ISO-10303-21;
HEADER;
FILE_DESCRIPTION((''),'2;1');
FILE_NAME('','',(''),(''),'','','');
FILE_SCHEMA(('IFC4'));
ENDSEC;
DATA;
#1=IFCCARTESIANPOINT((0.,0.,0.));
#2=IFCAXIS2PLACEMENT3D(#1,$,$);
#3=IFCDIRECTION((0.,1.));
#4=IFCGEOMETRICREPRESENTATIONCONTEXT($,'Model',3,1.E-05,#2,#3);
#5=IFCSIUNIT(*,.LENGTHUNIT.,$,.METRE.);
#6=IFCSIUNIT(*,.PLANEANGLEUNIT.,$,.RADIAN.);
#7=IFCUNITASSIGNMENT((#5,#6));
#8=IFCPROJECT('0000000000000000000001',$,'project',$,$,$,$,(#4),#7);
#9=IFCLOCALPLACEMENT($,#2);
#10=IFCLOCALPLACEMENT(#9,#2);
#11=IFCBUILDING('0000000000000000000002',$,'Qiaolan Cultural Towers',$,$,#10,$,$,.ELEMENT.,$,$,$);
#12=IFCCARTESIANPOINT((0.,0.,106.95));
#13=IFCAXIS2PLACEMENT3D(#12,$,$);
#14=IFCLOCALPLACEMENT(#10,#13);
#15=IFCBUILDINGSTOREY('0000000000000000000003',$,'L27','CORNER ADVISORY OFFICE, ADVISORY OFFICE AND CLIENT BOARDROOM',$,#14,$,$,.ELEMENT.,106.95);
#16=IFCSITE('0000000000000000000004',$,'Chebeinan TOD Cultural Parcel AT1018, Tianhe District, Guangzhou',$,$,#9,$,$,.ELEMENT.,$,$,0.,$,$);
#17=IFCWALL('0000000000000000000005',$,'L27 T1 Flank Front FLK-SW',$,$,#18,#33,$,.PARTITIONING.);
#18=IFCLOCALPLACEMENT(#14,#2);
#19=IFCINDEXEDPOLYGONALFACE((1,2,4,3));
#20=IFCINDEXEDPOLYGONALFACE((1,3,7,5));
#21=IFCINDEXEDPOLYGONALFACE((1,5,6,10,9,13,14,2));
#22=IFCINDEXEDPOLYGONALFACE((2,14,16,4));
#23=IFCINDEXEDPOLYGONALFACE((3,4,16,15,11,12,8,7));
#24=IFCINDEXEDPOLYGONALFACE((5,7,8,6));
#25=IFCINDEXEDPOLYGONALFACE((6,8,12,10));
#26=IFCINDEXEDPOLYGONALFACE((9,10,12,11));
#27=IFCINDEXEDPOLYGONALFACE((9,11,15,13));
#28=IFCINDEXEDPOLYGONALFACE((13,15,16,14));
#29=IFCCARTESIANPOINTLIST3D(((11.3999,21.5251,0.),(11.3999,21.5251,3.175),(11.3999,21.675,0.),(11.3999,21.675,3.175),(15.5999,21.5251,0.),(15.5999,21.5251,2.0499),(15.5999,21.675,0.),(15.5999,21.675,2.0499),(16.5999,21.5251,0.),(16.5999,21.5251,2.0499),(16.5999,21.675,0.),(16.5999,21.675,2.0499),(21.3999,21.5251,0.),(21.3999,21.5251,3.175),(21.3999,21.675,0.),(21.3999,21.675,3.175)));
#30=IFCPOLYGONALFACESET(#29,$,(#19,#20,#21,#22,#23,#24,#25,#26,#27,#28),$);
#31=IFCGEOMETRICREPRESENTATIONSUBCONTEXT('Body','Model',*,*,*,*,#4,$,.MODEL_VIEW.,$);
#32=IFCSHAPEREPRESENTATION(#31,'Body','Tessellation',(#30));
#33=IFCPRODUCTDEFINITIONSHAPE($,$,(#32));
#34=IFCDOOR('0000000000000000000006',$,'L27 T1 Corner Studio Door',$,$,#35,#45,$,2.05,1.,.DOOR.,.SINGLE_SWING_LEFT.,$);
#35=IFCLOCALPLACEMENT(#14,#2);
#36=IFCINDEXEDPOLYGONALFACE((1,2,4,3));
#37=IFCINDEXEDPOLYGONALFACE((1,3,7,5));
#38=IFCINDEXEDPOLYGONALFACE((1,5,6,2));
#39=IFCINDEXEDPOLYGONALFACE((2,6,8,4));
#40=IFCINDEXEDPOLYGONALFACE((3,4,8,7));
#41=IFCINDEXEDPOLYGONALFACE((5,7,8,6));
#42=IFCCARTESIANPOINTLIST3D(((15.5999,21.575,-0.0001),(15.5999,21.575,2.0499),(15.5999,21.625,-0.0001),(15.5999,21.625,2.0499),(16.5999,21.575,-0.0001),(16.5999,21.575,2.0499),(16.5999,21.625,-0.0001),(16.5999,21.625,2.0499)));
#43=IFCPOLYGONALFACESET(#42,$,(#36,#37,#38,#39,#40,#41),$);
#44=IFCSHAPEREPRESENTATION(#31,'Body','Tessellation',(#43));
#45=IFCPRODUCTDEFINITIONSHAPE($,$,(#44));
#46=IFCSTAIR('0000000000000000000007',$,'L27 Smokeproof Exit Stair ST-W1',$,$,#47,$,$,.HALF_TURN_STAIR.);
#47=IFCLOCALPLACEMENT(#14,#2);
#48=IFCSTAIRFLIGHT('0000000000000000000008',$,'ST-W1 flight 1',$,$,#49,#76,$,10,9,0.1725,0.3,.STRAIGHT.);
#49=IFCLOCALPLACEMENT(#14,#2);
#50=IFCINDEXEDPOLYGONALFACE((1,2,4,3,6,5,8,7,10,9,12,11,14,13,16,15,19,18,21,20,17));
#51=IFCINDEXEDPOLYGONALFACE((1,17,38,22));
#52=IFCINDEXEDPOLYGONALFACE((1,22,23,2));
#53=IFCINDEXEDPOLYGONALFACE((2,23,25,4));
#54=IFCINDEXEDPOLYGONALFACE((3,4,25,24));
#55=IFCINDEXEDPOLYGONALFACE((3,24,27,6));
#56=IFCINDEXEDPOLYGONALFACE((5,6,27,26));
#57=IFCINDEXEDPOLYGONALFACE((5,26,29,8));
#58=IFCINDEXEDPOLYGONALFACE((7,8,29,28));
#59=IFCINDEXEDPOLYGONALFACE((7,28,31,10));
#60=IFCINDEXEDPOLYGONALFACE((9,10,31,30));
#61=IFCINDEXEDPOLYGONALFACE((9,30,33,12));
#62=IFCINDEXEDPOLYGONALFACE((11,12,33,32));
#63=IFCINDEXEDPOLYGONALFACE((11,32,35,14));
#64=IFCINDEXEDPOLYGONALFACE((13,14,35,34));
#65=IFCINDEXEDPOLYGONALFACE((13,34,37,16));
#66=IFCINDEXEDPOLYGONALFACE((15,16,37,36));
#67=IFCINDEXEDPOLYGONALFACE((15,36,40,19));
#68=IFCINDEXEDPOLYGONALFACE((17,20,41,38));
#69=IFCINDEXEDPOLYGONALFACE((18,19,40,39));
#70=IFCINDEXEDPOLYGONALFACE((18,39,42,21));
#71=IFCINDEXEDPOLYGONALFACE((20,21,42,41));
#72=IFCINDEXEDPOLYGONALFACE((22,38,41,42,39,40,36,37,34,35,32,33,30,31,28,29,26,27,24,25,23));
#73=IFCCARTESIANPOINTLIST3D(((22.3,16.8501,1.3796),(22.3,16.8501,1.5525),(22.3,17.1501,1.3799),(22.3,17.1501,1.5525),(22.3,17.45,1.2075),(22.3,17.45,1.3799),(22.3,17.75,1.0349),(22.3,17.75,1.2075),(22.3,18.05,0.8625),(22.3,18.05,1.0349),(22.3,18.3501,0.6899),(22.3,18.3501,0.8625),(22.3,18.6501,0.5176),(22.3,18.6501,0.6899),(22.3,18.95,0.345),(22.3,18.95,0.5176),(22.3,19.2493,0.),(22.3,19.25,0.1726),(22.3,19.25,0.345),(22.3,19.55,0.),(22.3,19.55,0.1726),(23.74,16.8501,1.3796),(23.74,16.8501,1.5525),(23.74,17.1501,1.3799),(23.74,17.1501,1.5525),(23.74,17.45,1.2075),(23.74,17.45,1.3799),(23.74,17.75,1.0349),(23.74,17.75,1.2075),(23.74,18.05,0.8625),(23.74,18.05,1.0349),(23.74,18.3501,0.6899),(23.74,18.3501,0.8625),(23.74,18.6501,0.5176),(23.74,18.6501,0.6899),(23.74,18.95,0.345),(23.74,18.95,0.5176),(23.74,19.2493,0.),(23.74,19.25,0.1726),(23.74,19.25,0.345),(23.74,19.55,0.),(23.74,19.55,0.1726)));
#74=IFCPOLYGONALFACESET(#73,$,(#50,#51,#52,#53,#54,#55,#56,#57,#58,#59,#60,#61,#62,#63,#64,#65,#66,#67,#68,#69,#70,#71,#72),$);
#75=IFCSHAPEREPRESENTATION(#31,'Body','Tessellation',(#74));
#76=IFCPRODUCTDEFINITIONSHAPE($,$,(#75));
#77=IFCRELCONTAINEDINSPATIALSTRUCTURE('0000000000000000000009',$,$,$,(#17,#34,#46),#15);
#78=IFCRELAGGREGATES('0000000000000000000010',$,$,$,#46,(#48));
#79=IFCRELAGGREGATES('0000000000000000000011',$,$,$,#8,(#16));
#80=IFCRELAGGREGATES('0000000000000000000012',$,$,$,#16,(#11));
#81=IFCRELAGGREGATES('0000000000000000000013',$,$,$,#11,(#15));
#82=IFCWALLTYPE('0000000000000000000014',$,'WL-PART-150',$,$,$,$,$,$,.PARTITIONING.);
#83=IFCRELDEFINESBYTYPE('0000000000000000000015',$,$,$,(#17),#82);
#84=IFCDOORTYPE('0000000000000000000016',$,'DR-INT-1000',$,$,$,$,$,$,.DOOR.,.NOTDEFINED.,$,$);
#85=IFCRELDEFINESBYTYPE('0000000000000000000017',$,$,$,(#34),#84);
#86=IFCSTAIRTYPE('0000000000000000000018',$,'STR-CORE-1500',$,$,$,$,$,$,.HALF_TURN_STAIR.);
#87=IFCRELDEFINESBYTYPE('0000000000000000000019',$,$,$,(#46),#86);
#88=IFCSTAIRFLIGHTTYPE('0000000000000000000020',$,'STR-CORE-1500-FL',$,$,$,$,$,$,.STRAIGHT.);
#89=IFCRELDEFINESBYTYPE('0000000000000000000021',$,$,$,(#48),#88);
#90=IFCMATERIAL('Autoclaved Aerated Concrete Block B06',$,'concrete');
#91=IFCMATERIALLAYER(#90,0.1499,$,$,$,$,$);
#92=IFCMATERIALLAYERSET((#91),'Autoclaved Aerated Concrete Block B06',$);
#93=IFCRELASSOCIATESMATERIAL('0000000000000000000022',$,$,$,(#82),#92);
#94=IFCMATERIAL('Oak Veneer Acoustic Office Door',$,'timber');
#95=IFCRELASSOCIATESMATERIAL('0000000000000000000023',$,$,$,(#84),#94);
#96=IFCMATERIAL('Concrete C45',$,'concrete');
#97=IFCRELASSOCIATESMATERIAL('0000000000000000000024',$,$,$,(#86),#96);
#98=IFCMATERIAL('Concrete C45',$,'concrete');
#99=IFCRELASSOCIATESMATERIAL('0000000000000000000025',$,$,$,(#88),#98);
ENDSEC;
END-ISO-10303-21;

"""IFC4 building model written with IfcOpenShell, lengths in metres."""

from ifc_helpers import new_model, si_unit, direction, frame, frame_2d, origin, place, context, subcontext, project, spatial, polyline, rectangle, outline, extrude, material, layer, layer_set, type_object, element, fill, aggregate, save


model = new_model("IFC4")

# Units and contexts
model_context = context("Model", 3, precision=1e-05, world=origin(), true_north=direction((0.0, 1.0)))
body_context = subcontext(model_context, "Body", "Model", "MODEL_VIEW")
ifc_project = project(units=[si_unit("LENGTHUNIT", "METRE"), si_unit("PLANEANGLEUNIT", "RADIAN")], contexts=[model_context])

# Site, building, storey
site_placement = place(None, origin())
site = spatial("IfcSite", under=ifc_project, at=site_placement, Name="Chebeinan TOD Cultural Parcel AT1018, Tianhe District, Guangzhou", CompositionType="ELEMENT", RefElevation=0.0)
building_placement = place(site_placement, origin())
building = spatial("IfcBuilding", under=site, at=building_placement, Name="Qiaolan Cultural Towers", CompositionType="ELEMENT")
storey_placement = place(building_placement, frame((0.0, 0.0, 106.95)))
storey = spatial("IfcBuildingStorey", under=building, at=storey_placement, Name="L27", Description="CORNER ADVISORY OFFICE, ADVISORY OFFICE AND CLIENT BOARDROOM", CompositionType="ELEMENT", Elevation=106.95)

# Wall, opening, door
ifc_material_1 = material(Name="Autoclaved Aerated Concrete Block B06", Category="concrete")
ifc_layer_1 = layer(ifc_material_1, 0.1499)
ifc_layer_set_1 = layer_set([ifc_layer_1], Name="Autoclaved Aerated Concrete Block B06")
wall_type_1 = type_object("IfcWallType", Name="WL-PART-150", PredefinedType="PARTITIONING", material=ifc_layer_set_1)
wall_1_placement = place(storey_placement, frame((11.3999, 21.6001, 0.0), z_axis=(0.0, 0.0, 1.0), x_axis=(1.0, 0.0, 0.0)))
wall_1 = element("IfcWall", 1, at=wall_1_placement, inside=storey, type_object=wall_type_1, Name="L27 T1 Flank Front FLK-SW", PredefinedType="PARTITIONING", context=body_context, shape_type="SweptSolid", body=[
    extrude(rectangle(XDim=10.0, YDim=0.1499, at=frame_2d((5.0, 0.0))), origin(), (0.0, 0.0, 1.0), 3.175),
])
opening_placement = place(wall_1_placement, frame((4.2, 0.0, 0.0)))
opening = element("IfcOpeningElement", 2, at=opening_placement, cuts=wall_1, PredefinedType="OPENING", context=body_context, shape_type="SweptSolid", body=[
    extrude(rectangle(XDim=1.0, YDim=2.05, at=frame_2d((0.5, 1.0249))), frame((0.0, 0.085, 0.0), z_axis=(0.0, -1.0, 0.0), x_axis=(1.0, 0.0, 0.0)), (0.0, 0.0, 1.0), 0.1699),
])
ifc_material_2 = material(Name="Oak Veneer Acoustic Office Door", Category="timber")
door_type = type_object("IfcDoorType", Name="DR-INT-1000", OperationType="NOTDEFINED", PredefinedType="DOOR", material=ifc_material_2)
door_placement = place(opening_placement, origin())
door = element("IfcDoor", 3, at=door_placement, inside=storey, type_object=door_type, Name="L27 T1 Corner Studio Door", OperationType="SINGLE_SWING_LEFT", OverallHeight=2.05, OverallWidth=1.0, PredefinedType="DOOR", context=body_context, shape_type="SweptSolid", body=[
    extrude(rectangle(XDim=1.0, YDim=2.05, at=frame_2d((0.5, 1.0249))), frame((0.0, 0.0249, 0.0), z_axis=(0.0, -1.0, 0.0), x_axis=(1.0, 0.0, 0.0)), (0.0, 0.0, 1.0), 0.05),
])
fill(opening, door)

# Stair, stair flight
ifc_material_3 = material(Name="Concrete C45", Category="concrete")
stair_type = type_object("IfcStairType", Name="STR-CORE-1500", PredefinedType="HALF_TURN_STAIR", material=ifc_material_3)
stair_placement = place(storey_placement, origin())
stair = element("IfcStair", 4, at=stair_placement, inside=storey, type_object=stair_type, Name="L27 Smokeproof Exit Stair ST-W1", PredefinedType="HALF_TURN_STAIR")
ifc_material_4 = material(Name="Concrete C45", Category="concrete")
stair_flight_type = type_object("IfcStairFlightType", Name="STR-CORE-1500-FL", PredefinedType="STRAIGHT", material=ifc_material_4)
stair_flight_placement = place(storey_placement, frame((23.02, 19.55, 0.0), z_axis=(0.0, 0.0, 1.0), x_axis=(0.0, -1.0, 0.0)))
stair_flight = element("IfcStairFlight", 5, at=stair_flight_placement, type_object=stair_flight_type, Name="ST-W1 flight 1", NumberOfRisers=10, NumberOfTreads=9, PredefinedType="STRAIGHT", RiserHeight=0.1725, TreadLength=0.3, context=body_context, shape_type="SweptSolid", body=[
    extrude(outline(polyline([(0.0, 0.0), (0.0, 0.1726), (0.3, 0.1726), (0.3, 0.345), (0.6001, 0.345), (0.6001, 0.5176), (0.8999, 0.5176), (0.8999, 0.6899), (1.2, 0.6899), (1.2, 0.8625), (1.5, 0.8625), (1.5, 1.0349), (1.8, 1.0349), (1.8, 1.2075), (2.1001, 1.2075), (2.1001, 1.3799), (2.3999, 1.3799), (2.3999, 1.5525), (2.7, 1.5525), (2.7, 1.7251), (2.7, 1.3796), (0.3008, 0.0), (0.0, 0.0)])), frame((0.0, 0.72, 0.0), z_axis=(0.0, -1.0, 0.0), x_axis=(1.0, 0.0, 0.0)), (0.0, 0.0, 1.0), 1.4399),
])
aggregate(stair, [stair_flight])

save(model, "model.ifc")
